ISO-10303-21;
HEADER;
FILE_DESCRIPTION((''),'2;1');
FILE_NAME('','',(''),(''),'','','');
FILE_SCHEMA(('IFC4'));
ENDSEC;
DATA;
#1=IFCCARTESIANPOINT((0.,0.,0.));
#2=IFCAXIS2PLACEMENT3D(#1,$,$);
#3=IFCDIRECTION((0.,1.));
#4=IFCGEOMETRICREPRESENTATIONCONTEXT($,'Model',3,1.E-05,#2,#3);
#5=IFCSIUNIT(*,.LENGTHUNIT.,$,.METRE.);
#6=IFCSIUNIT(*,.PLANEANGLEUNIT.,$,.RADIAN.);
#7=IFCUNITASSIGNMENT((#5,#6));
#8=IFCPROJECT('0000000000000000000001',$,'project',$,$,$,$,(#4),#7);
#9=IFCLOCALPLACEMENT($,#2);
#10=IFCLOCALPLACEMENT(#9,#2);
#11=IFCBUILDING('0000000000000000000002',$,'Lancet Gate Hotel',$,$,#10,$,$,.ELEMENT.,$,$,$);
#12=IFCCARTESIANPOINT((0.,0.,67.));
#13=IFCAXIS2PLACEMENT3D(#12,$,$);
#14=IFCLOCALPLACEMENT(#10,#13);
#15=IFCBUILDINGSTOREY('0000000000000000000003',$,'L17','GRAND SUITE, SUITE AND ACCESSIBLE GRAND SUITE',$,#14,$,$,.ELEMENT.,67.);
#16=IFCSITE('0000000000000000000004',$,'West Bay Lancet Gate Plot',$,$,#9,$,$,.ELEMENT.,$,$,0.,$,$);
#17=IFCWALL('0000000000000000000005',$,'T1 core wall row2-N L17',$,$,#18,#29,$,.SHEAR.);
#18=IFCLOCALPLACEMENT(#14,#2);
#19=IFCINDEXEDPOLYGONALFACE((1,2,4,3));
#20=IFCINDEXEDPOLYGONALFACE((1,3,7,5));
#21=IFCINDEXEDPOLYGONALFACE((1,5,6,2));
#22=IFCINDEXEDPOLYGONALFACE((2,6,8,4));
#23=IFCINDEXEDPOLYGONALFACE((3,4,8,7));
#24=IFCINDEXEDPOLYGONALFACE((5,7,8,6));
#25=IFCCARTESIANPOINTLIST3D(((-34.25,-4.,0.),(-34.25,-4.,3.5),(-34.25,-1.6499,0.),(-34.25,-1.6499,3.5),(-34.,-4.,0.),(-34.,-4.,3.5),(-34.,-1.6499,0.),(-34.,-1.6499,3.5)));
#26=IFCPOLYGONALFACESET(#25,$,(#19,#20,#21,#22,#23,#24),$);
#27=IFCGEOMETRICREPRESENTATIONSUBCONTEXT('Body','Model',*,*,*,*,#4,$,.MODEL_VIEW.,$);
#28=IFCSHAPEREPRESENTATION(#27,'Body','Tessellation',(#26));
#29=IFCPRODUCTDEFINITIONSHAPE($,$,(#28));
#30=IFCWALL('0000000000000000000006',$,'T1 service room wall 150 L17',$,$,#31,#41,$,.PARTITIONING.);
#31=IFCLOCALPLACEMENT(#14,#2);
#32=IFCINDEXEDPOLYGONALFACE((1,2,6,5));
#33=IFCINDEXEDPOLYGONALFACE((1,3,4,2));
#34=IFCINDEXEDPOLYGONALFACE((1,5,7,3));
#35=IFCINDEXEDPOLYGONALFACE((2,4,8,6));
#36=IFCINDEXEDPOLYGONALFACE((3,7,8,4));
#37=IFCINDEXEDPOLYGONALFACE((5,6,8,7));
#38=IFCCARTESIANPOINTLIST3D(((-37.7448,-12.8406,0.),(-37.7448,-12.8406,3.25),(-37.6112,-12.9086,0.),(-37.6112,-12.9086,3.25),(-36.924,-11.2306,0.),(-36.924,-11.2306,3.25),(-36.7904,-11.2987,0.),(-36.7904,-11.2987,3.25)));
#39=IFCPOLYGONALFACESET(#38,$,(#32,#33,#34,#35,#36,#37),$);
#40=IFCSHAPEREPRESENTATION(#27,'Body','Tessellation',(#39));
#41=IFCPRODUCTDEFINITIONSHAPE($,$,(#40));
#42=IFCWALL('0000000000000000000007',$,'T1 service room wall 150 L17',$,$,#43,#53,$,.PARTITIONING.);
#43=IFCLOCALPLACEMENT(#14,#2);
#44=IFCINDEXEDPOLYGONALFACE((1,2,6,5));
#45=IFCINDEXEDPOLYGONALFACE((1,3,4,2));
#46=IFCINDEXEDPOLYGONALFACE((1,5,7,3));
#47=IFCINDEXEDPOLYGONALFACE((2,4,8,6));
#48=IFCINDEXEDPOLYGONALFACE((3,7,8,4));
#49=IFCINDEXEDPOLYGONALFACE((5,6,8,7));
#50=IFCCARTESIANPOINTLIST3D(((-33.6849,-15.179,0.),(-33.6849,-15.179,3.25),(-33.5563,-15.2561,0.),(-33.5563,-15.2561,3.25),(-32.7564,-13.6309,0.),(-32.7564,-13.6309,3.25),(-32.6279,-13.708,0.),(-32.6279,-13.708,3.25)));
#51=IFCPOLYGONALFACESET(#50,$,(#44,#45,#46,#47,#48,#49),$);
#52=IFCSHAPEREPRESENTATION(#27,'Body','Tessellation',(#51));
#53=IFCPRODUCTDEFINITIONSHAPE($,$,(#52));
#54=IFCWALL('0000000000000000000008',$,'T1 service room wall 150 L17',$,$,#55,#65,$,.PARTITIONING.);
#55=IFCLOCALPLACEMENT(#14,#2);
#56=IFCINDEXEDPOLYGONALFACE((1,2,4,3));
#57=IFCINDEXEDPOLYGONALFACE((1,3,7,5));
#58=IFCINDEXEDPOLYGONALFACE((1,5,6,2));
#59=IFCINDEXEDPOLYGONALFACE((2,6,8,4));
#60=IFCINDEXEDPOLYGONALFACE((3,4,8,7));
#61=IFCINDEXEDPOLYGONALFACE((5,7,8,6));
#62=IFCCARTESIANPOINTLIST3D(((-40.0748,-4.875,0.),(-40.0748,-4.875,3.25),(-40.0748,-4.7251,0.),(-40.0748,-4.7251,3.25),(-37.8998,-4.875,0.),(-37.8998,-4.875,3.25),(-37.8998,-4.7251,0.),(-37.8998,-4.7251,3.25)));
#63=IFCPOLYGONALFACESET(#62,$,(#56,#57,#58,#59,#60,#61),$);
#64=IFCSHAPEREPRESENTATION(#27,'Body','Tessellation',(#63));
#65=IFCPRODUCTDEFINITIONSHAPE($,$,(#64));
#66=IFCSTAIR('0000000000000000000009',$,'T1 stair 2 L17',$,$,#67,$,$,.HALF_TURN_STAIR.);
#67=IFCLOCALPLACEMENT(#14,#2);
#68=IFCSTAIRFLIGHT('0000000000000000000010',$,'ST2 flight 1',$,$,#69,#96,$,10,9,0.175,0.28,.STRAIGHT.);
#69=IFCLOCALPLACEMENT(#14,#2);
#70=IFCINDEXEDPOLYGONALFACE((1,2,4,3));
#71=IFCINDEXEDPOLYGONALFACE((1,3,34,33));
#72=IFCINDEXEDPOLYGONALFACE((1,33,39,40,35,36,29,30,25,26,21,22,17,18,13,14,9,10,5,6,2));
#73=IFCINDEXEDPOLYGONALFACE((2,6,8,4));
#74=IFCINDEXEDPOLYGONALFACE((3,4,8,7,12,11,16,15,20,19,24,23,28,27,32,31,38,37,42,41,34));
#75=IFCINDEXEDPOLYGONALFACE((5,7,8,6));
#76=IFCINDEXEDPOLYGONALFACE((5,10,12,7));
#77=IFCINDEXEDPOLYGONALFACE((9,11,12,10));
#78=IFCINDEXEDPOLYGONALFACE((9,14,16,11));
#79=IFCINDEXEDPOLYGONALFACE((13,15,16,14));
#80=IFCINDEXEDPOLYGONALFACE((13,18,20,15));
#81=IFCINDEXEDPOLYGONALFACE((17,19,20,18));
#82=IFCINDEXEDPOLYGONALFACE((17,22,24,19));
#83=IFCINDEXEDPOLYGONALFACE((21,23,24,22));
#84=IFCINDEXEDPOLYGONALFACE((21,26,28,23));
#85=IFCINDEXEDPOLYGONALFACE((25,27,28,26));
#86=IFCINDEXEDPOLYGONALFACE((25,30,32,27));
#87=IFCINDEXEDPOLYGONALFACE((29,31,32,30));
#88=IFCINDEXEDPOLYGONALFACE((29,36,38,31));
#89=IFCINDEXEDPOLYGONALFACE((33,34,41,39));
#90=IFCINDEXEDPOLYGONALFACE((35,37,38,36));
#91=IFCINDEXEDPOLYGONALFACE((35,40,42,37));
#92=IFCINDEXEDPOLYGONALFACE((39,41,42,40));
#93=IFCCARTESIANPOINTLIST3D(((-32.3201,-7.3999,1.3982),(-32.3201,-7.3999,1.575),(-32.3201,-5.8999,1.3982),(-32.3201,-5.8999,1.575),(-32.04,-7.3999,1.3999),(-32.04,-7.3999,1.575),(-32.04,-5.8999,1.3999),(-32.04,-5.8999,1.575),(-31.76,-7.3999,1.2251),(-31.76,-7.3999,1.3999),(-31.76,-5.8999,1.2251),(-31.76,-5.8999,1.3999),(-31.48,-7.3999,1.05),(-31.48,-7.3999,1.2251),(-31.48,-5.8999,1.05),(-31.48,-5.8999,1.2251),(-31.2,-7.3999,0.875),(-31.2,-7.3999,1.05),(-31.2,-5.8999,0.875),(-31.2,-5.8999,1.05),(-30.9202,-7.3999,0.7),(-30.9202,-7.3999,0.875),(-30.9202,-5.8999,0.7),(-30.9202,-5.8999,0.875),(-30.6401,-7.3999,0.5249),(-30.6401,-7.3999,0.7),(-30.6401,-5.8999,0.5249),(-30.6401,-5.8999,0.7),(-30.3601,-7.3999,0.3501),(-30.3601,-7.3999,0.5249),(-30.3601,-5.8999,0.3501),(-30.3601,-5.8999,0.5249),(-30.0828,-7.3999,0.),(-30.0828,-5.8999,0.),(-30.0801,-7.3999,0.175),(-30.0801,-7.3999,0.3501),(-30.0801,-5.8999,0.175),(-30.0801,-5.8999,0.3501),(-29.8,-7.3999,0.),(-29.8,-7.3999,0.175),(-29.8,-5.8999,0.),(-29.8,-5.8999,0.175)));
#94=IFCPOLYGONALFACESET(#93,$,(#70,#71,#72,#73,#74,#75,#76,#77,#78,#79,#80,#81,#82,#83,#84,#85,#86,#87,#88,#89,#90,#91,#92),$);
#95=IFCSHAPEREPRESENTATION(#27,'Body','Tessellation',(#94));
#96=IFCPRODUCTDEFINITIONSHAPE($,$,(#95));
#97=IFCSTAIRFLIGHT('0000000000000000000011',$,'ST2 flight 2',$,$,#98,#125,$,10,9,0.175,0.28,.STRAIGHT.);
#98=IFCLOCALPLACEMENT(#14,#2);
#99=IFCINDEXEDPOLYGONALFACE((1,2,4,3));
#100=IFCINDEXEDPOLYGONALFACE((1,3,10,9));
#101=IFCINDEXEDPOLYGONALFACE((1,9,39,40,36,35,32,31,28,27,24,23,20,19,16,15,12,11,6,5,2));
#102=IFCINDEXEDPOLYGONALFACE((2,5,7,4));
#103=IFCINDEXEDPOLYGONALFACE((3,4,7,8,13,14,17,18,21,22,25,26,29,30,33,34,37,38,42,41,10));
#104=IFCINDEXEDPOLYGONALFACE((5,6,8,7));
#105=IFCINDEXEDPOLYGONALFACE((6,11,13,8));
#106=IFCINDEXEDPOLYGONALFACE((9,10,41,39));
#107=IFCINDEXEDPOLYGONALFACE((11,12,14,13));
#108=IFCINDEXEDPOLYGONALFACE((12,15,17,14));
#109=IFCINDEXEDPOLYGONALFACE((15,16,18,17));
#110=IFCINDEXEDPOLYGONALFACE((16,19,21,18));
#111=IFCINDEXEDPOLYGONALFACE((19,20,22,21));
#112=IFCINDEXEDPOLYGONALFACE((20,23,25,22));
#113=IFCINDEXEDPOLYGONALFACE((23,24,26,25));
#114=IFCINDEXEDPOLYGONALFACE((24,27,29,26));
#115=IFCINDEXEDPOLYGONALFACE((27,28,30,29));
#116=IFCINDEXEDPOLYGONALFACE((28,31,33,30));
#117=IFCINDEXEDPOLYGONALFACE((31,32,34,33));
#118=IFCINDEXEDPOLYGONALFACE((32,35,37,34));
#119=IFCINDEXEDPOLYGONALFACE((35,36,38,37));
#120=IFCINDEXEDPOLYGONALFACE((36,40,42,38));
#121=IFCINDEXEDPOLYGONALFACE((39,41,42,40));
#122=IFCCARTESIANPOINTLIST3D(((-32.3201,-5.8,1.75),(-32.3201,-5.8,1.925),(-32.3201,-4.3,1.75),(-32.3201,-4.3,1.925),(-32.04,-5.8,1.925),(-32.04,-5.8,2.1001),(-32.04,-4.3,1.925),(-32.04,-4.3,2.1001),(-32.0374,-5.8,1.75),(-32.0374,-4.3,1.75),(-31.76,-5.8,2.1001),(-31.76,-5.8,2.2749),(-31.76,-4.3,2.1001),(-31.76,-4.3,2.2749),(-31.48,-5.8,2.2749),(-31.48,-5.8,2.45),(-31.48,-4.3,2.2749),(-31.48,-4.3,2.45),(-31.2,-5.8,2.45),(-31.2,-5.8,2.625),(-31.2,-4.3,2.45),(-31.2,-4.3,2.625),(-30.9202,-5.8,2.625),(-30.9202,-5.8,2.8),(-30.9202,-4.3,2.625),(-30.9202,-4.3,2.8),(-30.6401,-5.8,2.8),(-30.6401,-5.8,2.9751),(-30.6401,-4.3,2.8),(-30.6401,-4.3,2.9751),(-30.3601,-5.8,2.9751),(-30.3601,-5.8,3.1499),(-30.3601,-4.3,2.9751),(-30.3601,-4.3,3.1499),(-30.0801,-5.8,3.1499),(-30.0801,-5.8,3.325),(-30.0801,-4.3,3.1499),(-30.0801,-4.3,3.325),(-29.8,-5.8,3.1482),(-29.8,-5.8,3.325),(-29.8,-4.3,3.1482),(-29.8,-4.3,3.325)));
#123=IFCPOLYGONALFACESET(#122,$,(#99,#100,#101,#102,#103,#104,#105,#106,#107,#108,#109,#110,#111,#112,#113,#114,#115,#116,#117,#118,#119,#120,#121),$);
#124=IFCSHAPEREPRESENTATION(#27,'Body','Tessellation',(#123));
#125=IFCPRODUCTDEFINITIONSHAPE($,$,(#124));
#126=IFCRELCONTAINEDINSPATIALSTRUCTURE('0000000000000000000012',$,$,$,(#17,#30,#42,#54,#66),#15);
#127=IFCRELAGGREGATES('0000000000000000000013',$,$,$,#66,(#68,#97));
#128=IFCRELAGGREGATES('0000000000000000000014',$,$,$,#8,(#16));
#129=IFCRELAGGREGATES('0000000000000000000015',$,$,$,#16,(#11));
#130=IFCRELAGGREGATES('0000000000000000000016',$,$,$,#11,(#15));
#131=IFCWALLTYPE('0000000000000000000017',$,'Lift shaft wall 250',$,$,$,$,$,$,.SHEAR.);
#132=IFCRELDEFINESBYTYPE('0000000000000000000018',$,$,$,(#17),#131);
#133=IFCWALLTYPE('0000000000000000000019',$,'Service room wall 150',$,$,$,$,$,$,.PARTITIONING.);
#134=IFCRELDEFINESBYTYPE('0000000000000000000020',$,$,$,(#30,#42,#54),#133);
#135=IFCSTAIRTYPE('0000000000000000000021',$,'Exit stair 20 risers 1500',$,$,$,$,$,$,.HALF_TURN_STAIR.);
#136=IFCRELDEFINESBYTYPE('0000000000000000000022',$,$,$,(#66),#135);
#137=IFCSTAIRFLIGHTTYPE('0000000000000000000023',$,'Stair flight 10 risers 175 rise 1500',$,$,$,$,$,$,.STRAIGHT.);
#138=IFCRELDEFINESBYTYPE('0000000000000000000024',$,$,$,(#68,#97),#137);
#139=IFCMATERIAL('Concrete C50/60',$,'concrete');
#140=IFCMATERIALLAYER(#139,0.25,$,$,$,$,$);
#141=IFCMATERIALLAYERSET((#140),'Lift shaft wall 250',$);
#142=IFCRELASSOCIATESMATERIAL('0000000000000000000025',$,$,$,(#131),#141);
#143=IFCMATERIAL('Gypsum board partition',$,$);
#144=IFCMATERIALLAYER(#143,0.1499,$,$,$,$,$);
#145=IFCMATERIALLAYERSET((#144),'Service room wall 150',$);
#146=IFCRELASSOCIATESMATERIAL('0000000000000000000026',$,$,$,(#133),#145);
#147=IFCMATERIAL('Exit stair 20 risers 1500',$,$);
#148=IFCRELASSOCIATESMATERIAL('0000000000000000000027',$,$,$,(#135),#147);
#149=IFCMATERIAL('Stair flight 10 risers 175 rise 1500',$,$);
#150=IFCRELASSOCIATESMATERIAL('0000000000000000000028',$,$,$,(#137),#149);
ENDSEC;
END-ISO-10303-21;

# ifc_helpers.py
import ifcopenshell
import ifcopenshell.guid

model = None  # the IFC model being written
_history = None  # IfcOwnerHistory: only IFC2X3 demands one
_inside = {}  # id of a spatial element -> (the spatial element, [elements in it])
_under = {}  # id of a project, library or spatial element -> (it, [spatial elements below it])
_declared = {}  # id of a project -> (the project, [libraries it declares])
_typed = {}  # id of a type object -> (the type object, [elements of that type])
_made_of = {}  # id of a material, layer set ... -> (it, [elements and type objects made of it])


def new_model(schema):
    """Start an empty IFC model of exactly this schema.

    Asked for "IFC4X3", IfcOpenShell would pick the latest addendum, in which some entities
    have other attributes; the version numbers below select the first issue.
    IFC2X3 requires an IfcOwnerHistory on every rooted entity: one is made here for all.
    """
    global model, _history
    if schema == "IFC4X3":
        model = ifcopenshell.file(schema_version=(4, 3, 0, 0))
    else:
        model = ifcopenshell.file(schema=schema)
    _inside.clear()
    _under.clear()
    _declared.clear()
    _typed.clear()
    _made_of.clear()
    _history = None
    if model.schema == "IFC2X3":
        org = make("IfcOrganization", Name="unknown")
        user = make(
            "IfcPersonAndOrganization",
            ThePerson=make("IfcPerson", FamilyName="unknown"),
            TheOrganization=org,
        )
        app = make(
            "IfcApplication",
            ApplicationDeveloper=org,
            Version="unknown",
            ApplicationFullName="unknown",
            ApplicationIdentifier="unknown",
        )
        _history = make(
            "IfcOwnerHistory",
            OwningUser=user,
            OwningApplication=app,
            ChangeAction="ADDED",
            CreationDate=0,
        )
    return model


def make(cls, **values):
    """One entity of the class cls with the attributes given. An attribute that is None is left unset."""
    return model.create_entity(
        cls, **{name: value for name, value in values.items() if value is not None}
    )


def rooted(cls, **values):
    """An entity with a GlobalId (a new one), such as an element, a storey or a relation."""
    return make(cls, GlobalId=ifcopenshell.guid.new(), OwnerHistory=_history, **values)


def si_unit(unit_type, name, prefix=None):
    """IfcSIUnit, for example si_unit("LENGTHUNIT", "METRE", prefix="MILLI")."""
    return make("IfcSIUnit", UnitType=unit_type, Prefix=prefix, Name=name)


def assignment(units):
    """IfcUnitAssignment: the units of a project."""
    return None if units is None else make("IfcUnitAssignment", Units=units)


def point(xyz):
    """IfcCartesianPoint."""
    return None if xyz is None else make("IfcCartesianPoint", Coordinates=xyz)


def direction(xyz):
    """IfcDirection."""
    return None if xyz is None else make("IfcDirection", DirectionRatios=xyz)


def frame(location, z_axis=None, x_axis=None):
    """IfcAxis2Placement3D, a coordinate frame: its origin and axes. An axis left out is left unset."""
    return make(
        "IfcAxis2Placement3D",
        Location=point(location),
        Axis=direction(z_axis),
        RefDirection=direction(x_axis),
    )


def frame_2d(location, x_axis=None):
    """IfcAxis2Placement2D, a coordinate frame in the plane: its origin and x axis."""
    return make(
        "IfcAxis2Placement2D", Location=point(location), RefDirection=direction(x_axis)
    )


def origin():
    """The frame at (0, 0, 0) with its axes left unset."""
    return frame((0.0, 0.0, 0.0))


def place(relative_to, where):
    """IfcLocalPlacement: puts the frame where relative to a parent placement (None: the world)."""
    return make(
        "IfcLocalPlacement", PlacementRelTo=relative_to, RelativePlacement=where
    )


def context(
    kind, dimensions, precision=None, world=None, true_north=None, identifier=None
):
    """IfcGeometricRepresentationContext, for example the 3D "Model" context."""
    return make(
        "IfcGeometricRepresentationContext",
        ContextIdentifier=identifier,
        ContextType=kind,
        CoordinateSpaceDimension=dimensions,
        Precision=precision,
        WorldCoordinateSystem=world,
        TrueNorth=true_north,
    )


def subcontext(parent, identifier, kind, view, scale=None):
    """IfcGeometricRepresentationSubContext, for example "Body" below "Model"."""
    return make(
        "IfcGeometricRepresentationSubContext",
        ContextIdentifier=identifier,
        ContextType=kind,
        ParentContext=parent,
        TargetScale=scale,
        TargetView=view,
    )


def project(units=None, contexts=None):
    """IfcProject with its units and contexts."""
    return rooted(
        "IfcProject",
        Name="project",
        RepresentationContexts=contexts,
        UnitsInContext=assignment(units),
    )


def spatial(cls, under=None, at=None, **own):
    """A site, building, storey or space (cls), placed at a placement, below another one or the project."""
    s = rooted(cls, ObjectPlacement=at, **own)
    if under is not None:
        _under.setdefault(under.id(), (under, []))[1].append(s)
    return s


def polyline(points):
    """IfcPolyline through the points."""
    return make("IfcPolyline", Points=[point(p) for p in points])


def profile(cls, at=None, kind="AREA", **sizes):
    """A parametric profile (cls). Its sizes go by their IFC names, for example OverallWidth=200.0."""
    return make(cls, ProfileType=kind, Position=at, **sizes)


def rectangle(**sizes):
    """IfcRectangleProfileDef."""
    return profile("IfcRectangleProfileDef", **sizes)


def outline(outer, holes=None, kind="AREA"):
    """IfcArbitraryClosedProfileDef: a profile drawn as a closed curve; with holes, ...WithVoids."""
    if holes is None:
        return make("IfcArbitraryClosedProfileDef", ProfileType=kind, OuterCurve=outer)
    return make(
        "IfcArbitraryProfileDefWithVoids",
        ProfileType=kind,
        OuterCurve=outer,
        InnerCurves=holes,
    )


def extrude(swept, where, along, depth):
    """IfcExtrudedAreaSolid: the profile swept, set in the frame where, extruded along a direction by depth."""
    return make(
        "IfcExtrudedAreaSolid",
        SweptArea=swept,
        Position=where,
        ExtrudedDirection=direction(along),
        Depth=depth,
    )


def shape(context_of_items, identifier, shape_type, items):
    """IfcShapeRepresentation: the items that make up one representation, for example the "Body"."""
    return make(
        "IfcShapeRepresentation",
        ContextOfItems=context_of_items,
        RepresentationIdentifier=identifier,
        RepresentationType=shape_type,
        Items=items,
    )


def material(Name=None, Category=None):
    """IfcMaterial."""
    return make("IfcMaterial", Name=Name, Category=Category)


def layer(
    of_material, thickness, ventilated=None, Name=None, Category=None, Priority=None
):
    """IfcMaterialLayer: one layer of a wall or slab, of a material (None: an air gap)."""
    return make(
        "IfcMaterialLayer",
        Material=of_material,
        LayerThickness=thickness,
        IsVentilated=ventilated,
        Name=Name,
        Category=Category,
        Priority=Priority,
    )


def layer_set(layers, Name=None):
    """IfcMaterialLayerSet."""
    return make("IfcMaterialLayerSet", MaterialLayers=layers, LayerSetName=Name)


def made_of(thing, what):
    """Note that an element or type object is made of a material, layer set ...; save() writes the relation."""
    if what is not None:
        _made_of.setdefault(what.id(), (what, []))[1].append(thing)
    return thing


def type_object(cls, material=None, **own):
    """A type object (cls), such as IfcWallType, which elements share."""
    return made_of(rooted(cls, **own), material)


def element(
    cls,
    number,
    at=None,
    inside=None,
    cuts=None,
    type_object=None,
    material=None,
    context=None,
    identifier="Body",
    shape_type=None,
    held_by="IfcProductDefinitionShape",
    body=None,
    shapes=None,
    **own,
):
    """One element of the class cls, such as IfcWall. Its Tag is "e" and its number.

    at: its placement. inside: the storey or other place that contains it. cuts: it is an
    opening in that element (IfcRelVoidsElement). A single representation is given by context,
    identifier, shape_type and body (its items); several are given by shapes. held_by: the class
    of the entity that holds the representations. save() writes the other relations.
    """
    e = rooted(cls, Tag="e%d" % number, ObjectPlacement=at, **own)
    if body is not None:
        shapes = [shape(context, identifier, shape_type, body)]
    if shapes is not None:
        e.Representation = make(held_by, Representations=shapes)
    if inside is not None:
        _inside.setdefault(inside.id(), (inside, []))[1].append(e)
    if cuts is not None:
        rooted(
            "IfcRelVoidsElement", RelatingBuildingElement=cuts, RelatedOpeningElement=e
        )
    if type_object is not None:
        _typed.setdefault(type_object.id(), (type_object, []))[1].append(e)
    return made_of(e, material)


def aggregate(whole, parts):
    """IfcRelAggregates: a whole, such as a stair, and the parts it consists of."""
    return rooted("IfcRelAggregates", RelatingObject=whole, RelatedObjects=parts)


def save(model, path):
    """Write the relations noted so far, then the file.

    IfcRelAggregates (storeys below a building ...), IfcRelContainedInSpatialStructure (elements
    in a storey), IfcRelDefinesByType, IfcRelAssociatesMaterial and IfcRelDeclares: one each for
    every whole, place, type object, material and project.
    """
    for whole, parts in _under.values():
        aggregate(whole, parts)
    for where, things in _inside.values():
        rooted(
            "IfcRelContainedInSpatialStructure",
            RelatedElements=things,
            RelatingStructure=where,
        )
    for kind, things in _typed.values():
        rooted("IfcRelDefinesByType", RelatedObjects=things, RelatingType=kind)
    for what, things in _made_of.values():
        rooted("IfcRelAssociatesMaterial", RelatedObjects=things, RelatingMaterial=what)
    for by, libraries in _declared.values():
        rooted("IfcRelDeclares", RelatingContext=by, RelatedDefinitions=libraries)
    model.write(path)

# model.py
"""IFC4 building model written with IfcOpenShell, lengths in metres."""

from ifc_helpers import new_model, si_unit, direction, frame, frame_2d, origin, place, context, subcontext, project, spatial, polyline, rectangle, outline, extrude, material, layer, layer_set, type_object, element, aggregate, save


model = new_model("IFC4")

# Units and contexts
model_context = context("Model", 3, precision=1e-05, world=origin(), true_north=direction((0.0, 1.0)))
body_context = subcontext(model_context, "Body", "Model", "MODEL_VIEW")
ifc_project = project(units=[si_unit("LENGTHUNIT", "METRE"), si_unit("PLANEANGLEUNIT", "RADIAN")], contexts=[model_context])

# Site, building, storey
site_placement = place(None, origin())
site = spatial("IfcSite", under=ifc_project, at=site_placement, Name="West Bay Lancet Gate Plot", CompositionType="ELEMENT", RefElevation=0.0)
building_placement = place(site_placement, origin())
building = spatial("IfcBuilding", under=site, at=building_placement, Name="Lancet Gate Hotel", CompositionType="ELEMENT")
storey_placement = place(building_placement, frame((0.0, 0.0, 67.0)))
storey = spatial("IfcBuildingStorey", under=building, at=storey_placement, Name="L17", Description="GRAND SUITE, SUITE AND ACCESSIBLE GRAND SUITE", CompositionType="ELEMENT", Elevation=67.0)

# Shared definitions
ifc_material_1 = material(Name="Concrete C50/60", Category="concrete")
ifc_layer_1 = layer(ifc_material_1, 0.25)
ifc_layer_set_1 = layer_set([ifc_layer_1], Name="Lift shaft wall 250")
wall_type_1 = type_object("IfcWallType", Name="Lift shaft wall 250", PredefinedType="SHEAR", material=ifc_layer_set_1)

# Walls
wall_1_placement = place(storey_placement, frame((-34.125, -1.6499, 0.0), z_axis=(0.0, 0.0, 1.0), x_axis=(0.0, -1.0, 0.0)))
element("IfcWall", 1, at=wall_1_placement, inside=storey, type_object=wall_type_1, Name="T1 core wall row2-N L17", PredefinedType="SHEAR", context=body_context, shape_type="SweptSolid", body=[
    extrude(rectangle(XDim=2.3501, YDim=0.25, at=frame_2d((1.175, 0.0))), origin(), (0.0, 0.0, 1.0), 3.5),
])
ifc_material_2 = material(Name="Gypsum board partition")
ifc_layer_2 = layer(ifc_material_2, 0.1499)
ifc_layer_set_2 = layer_set([ifc_layer_2], Name="Service room wall 150")
wall_type_2 = type_object("IfcWallType", Name="Service room wall 150", PredefinedType="PARTITIONING", material=ifc_layer_set_2)
wall_2_placement = place(storey_placement, frame((-36.8572, -11.2646, 0.0), z_axis=(0.0, 0.0, 1.0), x_axis=(-0.454225, -0.890887, 0.0)))
element("IfcWall", 2, at=wall_2_placement, inside=storey, type_object=wall_type_2, Name="T1 service room wall 150 L17", PredefinedType="PARTITIONING", context=body_context, shape_type="SweptSolid", body=[
    extrude(rectangle(XDim=1.8071, YDim=0.1499, at=frame_2d((0.9036, 0.0))), origin(), (0.0, 0.0, 1.0), 3.25),
])
wall_3_placement = place(storey_placement, frame((-33.6206, -15.2175, 0.0), z_axis=(0.0, 0.0, 1.0), x_axis=(0.514337, 0.857588, 0.0)))
element("IfcWall", 3, at=wall_3_placement, inside=storey, type_object=wall_type_2, Name="T1 service room wall 150 L17", PredefinedType="PARTITIONING", context=body_context, shape_type="SweptSolid", body=[
    extrude(rectangle(XDim=1.8052, YDim=0.1499, at=frame_2d((0.9026, 0.0))), origin(), (0.0, 0.0, 1.0), 3.25),
])
wall_4_placement = place(storey_placement, frame((-37.8999, -4.8, 0.0), z_axis=(0.0, 0.0, 1.0), x_axis=(-1.0, 0.0, 0.0)))
element("IfcWall", 4, at=wall_4_placement, inside=storey, type_object=wall_type_2, Name="T1 service room wall 150 L17", PredefinedType="PARTITIONING", context=body_context, shape_type="SweptSolid", body=[
    extrude(rectangle(XDim=2.175, YDim=0.1499, at=frame_2d((1.0874, 0.0))), origin(), (0.0, 0.0, 1.0), 3.25),
])

# Stair, stair flights
ifc_material_3 = material(Name="Exit stair 20 risers 1500")
stair_type = type_object("IfcStairType", Name="Exit stair 20 risers 1500", PredefinedType="HALF_TURN_STAIR", material=ifc_material_3)
stair_placement = place(storey_placement, origin())
stair = element("IfcStair", 5, at=stair_placement, inside=storey, type_object=stair_type, Name="T1 stair 2 L17", PredefinedType="HALF_TURN_STAIR")
ifc_material_4 = material(Name="Stair flight 10 risers 175 rise 1500")
stair_flight_type = type_object("IfcStairFlightType", Name="Stair flight 10 risers 175 rise 1500", PredefinedType="STRAIGHT", material=ifc_material_4)
stair_flight_1_placement = place(storey_placement, frame((-29.8, -6.6499, 0.0), z_axis=(0.0, 0.0, 1.0), x_axis=(-1.0, 0.0, 0.0)))
stair_flight_1 = element("IfcStairFlight", 6, at=stair_flight_1_placement, type_object=stair_flight_type, Name="ST2 flight 1", NumberOfRisers=10, NumberOfTreads=9, PredefinedType="STRAIGHT", RiserHeight=0.175, TreadLength=0.28, context=body_context, shape_type="SweptSolid", body=[
    extrude(outline(polyline([(0.0, 0.0), (0.0, 0.175), (0.28, 0.175), (0.28, 0.3501), (0.5601, 0.3501), (0.5601, 0.5249), (0.8401, 0.5249), (0.8401, 0.7), (1.1201, 0.7), (1.1201, 0.875), (1.3999, 0.875), (1.3999, 1.05), (1.6799, 1.05), (1.6799, 1.2251), (1.96, 1.2251), (1.96, 1.3999), (2.24, 1.3999), (2.24, 1.575), (2.52, 1.575), (2.52, 1.75), (2.52, 1.3982), (0.2827, 0.0), (0.0, 0.0)])), frame((0.0, 0.75, 0.0), z_axis=(0.0, -1.0, 0.0), x_axis=(1.0, 0.0, 0.0)), (0.0, 0.0, 1.0), 1.5),
])
stair_flight_2_placement = place(storey_placement, frame((-32.3201, -5.05, 1.75), z_axis=(0.0, 0.0, 1.0), x_axis=(1.0, 0.0, 0.0)))
stair_flight_2 = element("IfcStairFlight", 7, at=stair_flight_2_placement, type_object=stair_flight_type, Name="ST2 flight 2", NumberOfRisers=10, NumberOfTreads=9, PredefinedType="STRAIGHT", RiserHeight=0.175, TreadLength=0.28, context=body_context, shape_type="SweptSolid", body=[
    extrude(outline(polyline([(0.0, 0.0), (0.0, 0.175), (0.28, 0.175), (0.28, 0.3501), (0.5601, 0.3501), (0.5601, 0.5249), (0.8401, 0.5249), (0.8401, 0.7), (1.1201, 0.7), (1.1201, 0.875), (1.3999, 0.875), (1.3999, 1.05), (1.6799, 1.05), (1.6799, 1.2251), (1.96, 1.2251), (1.96, 1.3999), (2.24, 1.3999), (2.24, 1.575), (2.52, 1.575), (2.52, 1.75), (2.52, 1.3982), (0.2827, 0.0), (0.0, 0.0)])), frame((0.0, 0.75, 0.0), z_axis=(0.0, -1.0, 0.0), x_axis=(1.0, 0.0, 0.0)), (0.0, 0.0, 1.0), 1.5),
])
aggregate(stair, [stair_flight_1, stair_flight_2])

save(model, "model.ifc")
